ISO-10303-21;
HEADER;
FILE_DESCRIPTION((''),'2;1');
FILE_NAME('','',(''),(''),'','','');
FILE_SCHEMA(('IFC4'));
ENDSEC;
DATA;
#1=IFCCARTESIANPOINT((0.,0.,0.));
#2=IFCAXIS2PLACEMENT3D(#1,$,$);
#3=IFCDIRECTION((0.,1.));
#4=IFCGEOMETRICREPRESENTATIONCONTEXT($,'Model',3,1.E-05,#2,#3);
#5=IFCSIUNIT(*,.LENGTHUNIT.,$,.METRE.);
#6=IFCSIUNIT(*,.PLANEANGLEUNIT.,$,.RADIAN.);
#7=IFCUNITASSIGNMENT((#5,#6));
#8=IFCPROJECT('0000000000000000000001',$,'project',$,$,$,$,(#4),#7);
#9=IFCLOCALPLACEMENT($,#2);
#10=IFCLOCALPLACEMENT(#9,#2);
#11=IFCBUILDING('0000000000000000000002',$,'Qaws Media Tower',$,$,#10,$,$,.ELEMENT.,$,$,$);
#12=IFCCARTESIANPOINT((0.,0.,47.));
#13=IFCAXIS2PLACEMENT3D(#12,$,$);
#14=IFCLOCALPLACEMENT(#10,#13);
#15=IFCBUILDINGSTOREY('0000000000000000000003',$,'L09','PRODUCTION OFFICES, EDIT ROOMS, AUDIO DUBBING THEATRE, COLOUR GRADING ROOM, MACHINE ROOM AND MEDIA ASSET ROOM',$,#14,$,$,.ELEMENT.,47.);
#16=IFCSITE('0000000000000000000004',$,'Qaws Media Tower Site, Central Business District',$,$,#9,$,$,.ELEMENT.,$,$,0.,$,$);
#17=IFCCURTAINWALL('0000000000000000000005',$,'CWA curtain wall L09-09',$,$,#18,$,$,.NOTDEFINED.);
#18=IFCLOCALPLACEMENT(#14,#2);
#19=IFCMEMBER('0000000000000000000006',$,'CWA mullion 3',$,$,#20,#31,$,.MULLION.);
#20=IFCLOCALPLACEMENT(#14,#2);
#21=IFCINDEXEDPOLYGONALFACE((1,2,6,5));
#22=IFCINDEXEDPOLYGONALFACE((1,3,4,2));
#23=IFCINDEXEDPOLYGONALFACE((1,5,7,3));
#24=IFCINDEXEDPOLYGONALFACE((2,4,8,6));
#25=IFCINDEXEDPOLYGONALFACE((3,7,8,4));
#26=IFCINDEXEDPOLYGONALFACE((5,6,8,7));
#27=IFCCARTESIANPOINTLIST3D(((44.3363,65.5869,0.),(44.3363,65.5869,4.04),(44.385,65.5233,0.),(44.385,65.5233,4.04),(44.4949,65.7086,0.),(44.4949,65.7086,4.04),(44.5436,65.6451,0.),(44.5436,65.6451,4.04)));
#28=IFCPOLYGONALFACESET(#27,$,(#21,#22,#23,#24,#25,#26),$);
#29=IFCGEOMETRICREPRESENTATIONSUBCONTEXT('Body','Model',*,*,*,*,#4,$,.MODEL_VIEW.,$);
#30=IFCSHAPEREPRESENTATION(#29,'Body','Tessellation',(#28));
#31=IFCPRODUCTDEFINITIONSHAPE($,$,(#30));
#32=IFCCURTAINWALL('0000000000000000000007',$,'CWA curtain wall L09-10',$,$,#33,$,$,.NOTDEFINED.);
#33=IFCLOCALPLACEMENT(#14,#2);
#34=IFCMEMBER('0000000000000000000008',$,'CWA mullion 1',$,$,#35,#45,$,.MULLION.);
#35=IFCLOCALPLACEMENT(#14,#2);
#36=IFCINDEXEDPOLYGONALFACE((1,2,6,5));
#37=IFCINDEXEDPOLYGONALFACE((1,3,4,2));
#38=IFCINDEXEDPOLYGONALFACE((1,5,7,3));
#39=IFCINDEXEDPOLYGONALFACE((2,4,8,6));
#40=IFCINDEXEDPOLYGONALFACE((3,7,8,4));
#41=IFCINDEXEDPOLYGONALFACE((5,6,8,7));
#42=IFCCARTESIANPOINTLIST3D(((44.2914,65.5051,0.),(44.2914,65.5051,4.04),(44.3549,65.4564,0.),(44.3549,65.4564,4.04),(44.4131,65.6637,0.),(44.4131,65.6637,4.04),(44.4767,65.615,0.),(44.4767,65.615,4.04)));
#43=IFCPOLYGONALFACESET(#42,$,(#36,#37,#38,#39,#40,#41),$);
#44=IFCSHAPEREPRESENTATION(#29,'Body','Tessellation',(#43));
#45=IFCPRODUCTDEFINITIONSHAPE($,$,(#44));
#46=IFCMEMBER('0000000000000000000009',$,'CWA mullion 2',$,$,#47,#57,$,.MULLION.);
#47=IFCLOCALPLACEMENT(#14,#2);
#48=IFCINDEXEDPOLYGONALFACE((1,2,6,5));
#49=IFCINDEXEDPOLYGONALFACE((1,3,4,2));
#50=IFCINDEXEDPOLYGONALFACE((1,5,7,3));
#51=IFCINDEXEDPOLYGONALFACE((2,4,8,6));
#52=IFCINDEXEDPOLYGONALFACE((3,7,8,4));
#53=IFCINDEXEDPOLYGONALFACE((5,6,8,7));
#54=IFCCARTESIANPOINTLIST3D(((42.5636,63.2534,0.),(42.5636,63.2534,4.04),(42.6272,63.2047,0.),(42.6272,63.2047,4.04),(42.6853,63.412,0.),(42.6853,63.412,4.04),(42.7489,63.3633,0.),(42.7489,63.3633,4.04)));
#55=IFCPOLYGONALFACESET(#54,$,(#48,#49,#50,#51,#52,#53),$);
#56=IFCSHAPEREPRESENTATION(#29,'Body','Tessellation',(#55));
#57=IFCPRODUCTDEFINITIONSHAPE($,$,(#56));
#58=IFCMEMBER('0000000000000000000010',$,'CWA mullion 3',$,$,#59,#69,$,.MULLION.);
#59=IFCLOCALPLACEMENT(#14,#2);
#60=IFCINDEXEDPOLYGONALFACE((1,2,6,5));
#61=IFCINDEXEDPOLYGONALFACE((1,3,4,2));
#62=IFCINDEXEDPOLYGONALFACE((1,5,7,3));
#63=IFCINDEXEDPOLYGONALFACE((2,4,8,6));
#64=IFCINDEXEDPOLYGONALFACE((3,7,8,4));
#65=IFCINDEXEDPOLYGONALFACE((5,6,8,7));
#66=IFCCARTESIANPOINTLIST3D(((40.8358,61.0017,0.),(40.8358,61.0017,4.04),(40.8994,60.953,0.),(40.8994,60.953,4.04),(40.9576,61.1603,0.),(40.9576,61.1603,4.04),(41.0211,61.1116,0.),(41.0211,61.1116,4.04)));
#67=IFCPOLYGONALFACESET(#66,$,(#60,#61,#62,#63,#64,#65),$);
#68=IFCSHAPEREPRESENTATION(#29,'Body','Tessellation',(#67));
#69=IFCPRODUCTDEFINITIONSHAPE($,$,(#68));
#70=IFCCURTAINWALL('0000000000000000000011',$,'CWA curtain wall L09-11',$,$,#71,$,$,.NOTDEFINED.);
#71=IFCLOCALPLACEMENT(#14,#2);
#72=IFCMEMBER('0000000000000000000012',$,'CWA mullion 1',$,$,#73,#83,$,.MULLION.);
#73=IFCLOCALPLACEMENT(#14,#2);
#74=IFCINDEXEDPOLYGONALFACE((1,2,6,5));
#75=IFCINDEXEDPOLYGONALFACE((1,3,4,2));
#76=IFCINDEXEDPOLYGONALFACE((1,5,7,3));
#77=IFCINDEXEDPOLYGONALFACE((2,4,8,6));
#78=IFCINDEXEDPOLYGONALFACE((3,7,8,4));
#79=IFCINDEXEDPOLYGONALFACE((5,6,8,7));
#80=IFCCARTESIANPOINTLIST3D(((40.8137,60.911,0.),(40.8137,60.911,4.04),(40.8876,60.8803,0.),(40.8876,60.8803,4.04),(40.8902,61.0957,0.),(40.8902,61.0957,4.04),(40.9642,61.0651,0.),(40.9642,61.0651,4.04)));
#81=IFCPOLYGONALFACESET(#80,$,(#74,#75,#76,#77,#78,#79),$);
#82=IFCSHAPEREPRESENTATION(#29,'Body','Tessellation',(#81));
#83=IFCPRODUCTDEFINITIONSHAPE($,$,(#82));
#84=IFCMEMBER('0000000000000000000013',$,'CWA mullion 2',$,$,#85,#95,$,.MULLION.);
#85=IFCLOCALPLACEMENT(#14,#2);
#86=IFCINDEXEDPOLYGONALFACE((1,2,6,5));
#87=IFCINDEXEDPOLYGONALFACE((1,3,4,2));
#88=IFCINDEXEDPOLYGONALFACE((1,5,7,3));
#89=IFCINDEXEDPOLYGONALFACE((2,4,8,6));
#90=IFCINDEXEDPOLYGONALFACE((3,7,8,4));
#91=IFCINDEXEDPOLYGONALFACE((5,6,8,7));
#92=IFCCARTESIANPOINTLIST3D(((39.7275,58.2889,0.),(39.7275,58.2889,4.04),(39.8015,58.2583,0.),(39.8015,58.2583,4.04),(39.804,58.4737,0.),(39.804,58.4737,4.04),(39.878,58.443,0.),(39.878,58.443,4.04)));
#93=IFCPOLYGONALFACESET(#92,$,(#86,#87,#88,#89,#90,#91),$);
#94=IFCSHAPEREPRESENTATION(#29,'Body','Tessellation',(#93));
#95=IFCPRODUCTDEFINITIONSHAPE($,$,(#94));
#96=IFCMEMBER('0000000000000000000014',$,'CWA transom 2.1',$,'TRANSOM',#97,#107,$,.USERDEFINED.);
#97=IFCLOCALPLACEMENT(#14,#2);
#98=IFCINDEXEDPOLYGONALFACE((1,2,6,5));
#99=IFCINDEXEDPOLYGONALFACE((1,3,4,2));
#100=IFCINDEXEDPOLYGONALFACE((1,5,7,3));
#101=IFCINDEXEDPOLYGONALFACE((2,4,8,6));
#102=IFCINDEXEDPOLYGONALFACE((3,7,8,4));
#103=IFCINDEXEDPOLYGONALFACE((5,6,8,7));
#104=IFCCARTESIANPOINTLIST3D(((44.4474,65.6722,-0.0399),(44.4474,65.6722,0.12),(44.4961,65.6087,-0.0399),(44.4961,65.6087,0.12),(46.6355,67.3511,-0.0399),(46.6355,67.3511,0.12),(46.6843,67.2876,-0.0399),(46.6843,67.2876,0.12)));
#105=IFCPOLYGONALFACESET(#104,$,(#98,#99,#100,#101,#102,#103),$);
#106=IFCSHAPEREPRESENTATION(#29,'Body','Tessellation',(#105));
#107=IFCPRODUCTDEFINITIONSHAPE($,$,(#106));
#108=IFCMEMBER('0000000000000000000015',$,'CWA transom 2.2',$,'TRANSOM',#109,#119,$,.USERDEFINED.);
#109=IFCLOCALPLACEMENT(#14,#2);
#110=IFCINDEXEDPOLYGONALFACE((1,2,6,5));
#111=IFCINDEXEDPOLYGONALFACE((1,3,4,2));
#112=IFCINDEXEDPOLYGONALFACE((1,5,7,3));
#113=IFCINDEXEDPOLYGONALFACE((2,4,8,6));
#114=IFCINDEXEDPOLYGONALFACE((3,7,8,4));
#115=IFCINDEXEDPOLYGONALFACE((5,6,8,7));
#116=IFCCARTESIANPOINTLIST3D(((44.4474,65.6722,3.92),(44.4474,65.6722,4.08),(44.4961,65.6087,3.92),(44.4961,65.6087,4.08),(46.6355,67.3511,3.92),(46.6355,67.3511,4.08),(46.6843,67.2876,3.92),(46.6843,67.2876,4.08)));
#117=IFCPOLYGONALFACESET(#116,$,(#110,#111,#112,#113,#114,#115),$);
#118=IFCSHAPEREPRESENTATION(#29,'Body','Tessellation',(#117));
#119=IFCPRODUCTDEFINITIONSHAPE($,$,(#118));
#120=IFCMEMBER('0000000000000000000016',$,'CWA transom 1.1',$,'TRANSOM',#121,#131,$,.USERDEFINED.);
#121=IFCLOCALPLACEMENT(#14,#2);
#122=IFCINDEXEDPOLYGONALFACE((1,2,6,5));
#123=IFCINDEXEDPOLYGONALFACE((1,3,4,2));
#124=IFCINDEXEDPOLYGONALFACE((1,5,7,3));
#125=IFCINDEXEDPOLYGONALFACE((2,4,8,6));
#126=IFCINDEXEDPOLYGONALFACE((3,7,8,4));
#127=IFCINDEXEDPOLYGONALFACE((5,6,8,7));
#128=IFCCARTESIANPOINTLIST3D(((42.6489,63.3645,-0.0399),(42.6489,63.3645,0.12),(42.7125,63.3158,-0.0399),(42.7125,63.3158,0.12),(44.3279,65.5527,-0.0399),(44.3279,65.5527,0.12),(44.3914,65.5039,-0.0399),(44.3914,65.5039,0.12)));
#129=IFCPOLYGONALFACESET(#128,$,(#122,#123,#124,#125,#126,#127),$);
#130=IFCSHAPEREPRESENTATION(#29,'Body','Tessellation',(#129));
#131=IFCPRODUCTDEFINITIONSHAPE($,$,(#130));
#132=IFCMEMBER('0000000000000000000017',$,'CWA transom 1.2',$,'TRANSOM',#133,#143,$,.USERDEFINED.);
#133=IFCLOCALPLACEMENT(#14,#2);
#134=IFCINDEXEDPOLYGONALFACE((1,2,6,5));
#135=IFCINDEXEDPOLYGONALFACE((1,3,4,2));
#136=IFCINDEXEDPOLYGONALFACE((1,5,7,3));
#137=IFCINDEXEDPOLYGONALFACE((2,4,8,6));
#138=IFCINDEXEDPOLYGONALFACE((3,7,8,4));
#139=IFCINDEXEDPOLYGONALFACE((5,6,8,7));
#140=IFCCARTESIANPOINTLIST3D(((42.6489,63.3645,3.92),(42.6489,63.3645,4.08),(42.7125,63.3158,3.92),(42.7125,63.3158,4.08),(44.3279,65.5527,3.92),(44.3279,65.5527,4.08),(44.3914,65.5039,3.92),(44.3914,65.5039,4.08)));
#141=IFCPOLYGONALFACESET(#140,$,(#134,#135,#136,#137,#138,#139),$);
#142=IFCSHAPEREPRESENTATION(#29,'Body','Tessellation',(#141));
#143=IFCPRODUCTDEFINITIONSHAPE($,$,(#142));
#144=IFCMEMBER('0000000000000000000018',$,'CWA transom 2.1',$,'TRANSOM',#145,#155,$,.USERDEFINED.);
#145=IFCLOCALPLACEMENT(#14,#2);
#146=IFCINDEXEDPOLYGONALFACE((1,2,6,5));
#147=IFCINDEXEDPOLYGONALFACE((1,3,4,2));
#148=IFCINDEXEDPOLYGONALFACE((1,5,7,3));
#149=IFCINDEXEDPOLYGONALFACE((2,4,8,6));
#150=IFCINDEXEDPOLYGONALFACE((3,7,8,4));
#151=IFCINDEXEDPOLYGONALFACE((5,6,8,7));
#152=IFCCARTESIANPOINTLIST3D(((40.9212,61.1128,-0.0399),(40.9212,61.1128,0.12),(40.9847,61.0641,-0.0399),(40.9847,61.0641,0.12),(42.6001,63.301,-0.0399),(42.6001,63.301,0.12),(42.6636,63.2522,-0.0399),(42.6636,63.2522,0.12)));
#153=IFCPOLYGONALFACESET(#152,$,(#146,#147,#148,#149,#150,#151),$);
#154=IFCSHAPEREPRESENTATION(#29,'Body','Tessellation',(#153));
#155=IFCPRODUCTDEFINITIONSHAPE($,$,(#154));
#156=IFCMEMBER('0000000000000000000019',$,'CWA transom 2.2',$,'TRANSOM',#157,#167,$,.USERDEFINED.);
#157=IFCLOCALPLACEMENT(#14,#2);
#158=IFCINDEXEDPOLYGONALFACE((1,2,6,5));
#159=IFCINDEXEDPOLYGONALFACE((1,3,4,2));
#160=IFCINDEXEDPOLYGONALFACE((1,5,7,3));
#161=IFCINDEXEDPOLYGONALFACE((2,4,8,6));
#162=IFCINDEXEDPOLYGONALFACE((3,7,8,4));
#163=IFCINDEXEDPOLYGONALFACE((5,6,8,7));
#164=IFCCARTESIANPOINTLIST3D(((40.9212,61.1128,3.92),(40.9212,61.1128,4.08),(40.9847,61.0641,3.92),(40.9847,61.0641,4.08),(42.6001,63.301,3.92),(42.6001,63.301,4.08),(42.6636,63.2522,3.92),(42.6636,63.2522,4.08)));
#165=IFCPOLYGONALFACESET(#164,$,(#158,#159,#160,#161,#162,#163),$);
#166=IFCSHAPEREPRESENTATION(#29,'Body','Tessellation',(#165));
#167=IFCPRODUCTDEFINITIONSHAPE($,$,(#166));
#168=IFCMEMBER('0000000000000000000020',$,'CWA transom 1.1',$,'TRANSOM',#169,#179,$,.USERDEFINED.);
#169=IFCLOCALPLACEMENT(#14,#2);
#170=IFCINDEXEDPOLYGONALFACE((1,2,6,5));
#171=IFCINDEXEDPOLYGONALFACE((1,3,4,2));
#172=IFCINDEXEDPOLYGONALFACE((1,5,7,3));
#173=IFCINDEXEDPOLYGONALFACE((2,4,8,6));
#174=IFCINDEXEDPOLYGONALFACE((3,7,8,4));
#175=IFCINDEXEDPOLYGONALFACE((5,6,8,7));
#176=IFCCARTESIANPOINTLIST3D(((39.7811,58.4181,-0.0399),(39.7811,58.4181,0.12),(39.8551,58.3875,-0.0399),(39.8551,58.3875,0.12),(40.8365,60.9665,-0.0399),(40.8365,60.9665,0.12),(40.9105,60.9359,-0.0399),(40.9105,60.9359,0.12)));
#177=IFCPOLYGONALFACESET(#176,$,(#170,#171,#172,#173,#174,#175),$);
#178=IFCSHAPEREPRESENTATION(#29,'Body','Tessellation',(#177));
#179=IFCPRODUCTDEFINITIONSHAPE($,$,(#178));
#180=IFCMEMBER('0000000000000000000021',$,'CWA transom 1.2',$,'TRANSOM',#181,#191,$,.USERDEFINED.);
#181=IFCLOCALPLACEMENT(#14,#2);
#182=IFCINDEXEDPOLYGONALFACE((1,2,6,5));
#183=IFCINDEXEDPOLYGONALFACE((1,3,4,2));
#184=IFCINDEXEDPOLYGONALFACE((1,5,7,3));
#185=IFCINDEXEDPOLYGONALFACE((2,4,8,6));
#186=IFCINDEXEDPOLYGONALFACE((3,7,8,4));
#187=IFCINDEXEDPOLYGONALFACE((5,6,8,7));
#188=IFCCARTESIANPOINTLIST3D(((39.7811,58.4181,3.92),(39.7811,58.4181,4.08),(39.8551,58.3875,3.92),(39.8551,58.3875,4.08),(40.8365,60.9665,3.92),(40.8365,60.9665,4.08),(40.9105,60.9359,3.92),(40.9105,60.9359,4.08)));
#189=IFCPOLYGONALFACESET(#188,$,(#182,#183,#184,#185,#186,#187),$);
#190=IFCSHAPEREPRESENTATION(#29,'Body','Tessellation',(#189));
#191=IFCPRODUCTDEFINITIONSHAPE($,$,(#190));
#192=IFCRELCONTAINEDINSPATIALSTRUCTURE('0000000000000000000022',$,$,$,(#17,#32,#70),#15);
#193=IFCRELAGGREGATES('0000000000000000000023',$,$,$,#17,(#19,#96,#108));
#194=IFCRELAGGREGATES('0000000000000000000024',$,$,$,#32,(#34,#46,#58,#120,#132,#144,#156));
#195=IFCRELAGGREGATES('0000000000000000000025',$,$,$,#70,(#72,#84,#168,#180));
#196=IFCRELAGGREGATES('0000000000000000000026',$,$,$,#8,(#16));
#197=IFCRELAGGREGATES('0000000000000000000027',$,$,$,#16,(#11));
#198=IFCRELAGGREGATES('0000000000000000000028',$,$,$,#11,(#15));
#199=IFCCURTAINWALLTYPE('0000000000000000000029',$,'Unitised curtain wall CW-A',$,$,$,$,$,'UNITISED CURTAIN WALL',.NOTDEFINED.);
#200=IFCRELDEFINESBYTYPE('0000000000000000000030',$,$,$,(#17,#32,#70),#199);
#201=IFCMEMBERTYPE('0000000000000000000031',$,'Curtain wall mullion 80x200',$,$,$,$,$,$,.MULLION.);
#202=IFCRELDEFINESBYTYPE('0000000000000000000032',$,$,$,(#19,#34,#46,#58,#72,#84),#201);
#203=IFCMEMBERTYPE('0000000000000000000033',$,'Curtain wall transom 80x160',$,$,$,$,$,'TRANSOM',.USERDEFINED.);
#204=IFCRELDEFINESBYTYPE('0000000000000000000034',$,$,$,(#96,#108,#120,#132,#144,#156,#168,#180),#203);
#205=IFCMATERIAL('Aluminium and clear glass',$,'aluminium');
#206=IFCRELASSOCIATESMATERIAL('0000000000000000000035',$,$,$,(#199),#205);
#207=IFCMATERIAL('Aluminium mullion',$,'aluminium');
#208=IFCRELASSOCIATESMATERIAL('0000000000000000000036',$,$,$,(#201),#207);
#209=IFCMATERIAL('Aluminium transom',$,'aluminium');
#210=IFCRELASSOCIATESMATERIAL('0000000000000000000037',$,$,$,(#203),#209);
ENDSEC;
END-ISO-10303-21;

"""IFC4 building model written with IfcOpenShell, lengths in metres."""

from ifc_helpers import new_model, si_unit, direction, frame, origin, origin_2d, place, context, subcontext, project, spatial, rectangle, extrude, material, material_profile, profile_set, type_object, element, aggregate, save


model = new_model("IFC4")

# Units and contexts
model_context = context("Model", 3, precision=1e-05, world=origin(), true_north=direction((0.0, 1.0)))
body_context = subcontext(model_context, "Body", "Model", "MODEL_VIEW")
ifc_project = project(units=[si_unit("LENGTHUNIT", "METRE"), si_unit("PLANEANGLEUNIT", "RADIAN")], contexts=[model_context])

# Site, building, storey
site_placement = place(None, origin())
site = spatial("IfcSite", under=ifc_project, at=site_placement, Name="Qaws Media Tower Site, Central Business District", CompositionType="ELEMENT", RefElevation=0.0)
building_placement = place(site_placement, origin())
building = spatial("IfcBuilding", under=site, at=building_placement, Name="Qaws Media Tower", CompositionType="ELEMENT")
storey_placement = place(building_placement, frame((0.0, 0.0, 47.0)))
storey = spatial("IfcBuildingStorey", under=building, at=storey_placement, Name="L09", Description="PRODUCTION OFFICES, EDIT ROOMS, AUDIO DUBBING THEATRE, COLOUR GRADING ROOM, MACHINE ROOM AND MEDIA ASSET ROOM", CompositionType="ELEMENT", Elevation=47.0)

# Curtain wall, member
ifc_material_1 = material(Name="Aluminium and clear glass", Category="aluminium")
curtain_wall_type = type_object("IfcCurtainWallType", Name="Unitised curtain wall CW-A", ElementType="UNITISED CURTAIN WALL", PredefinedType="NOTDEFINED", material=ifc_material_1)
curtain_wall_1_placement = place(storey_placement, origin())
curtain_wall_1 = element("IfcCurtainWall", 1, at=curtain_wall_1_placement, inside=storey, type_object=curtain_wall_type, Name="CWA curtain wall L09-09", PredefinedType="NOTDEFINED")
ifc_material_2 = material(Name="Aluminium mullion", Category="aluminium")
ifc_material_profile_1 = material_profile(ifc_material_2, rectangle(XDim=0.0801, YDim=0.2, at=origin_2d()), Name="80x200")
ifc_profile_set_1 = profile_set([ifc_material_profile_1], Name="Aluminium mullion")
member_type_1 = type_object("IfcMemberType", Name="Curtain wall mullion 80x200", PredefinedType="MULLION", material=ifc_profile_set_1)
member_1_placement = place(storey_placement, frame((44.4399, 65.616, 0.0), z_axis=(0.0, 0.0, 1.0), x_axis=(0.608761, -0.793353, 0.0)))
member_1 = element("IfcMember", 2, at=member_1_placement, type_object=member_type_1, Name="CWA mullion 3", PredefinedType="MULLION", context=body_context, shape_type="SweptSolid", body=[
    extrude(rectangle(XDim=0.0801, YDim=0.2, at=origin_2d()), origin(), (0.0, 0.0, 1.0), 4.04),
])

# Curtain walls, members
curtain_wall_2_placement = place(storey_placement, origin())
curtain_wall_2 = element("IfcCurtainWall", 3, at=curtain_wall_2_placement, inside=storey, type_object=curtain_wall_type, Name="CWA curtain wall L09-10", PredefinedType="NOTDEFINED")
member_2_placement = place(storey_placement, frame((44.384, 65.5601, 0.0), z_axis=(0.0, 0.0, 1.0), x_axis=(0.793353, -0.608761, 0.0)))
member_2 = element("IfcMember", 4, at=member_2_placement, type_object=member_type_1, Name="CWA mullion 1", PredefinedType="MULLION", context=body_context, shape_type="SweptSolid", body=[
    extrude(rectangle(XDim=0.0801, YDim=0.2, at=origin_2d()), origin(), (0.0, 0.0, 1.0), 4.04),
])
member_3_placement = place(storey_placement, frame((42.6562, 63.3083, 0.0), z_axis=(0.0, 0.0, 1.0), x_axis=(0.793353, -0.608761, 0.0)))
member_3 = element("IfcMember", 5, at=member_3_placement, type_object=member_type_1, Name="CWA mullion 2", PredefinedType="MULLION", context=body_context, shape_type="SweptSolid", body=[
    extrude(rectangle(XDim=0.0801, YDim=0.2, at=origin_2d()), origin(), (0.0, 0.0, 1.0), 4.04),
])
member_4_placement = place(storey_placement, frame((40.9285, 61.0566, 0.0), z_axis=(0.0, 0.0, 1.0), x_axis=(0.793353, -0.608761, 0.0)))
member_4 = element("IfcMember", 6, at=member_4_placement, type_object=member_type_1, Name="CWA mullion 3", PredefinedType="MULLION", context=body_context, shape_type="SweptSolid", body=[
    extrude(rectangle(XDim=0.0801, YDim=0.2, at=origin_2d()), origin(), (0.0, 0.0, 1.0), 4.04),
])
curtain_wall_3_placement = place(storey_placement, origin())
curtain_wall_3 = element("IfcCurtainWall", 7, at=curtain_wall_3_placement, inside=storey, type_object=curtain_wall_type, Name="CWA curtain wall L09-11", PredefinedType="NOTDEFINED")
member_5_placement = place(storey_placement, frame((40.8889, 60.988, 0.0), z_axis=(0.0, 0.0, 1.0), x_axis=(0.92388, -0.382683, 0.0)))
member_5 = element("IfcMember", 8, at=member_5_placement, type_object=member_type_1, Name="CWA mullion 1", PredefinedType="MULLION", context=body_context, shape_type="SweptSolid", body=[
    extrude(rectangle(XDim=0.0801, YDim=0.2, at=origin_2d()), origin(), (0.0, 0.0, 1.0), 4.04),
])
member_6_placement = place(storey_placement, frame((39.8027, 58.366, 0.0), z_axis=(0.0, 0.0, 1.0), x_axis=(0.92388, -0.382683, 0.0)))
member_6 = element("IfcMember", 9, at=member_6_placement, type_object=member_type_1, Name="CWA mullion 2", PredefinedType="MULLION", context=body_context, shape_type="SweptSolid", body=[
    extrude(rectangle(XDim=0.0801, YDim=0.2, at=origin_2d()), origin(), (0.0, 0.0, 1.0), 4.04),
])

# Members
ifc_material_3 = material(Name="Aluminium transom", Category="aluminium")
ifc_material_profile_2 = material_profile(ifc_material_3, rectangle(XDim=0.0801, YDim=0.1599, at=origin_2d()), Name="80x160")
ifc_profile_set_2 = profile_set([ifc_material_profile_2], Name="Aluminium transom")
member_type_2 = type_object("IfcMemberType", Name="Curtain wall transom 80x160", ElementType="TRANSOM", PredefinedType="USERDEFINED", material=ifc_profile_set_2)
member_7_placement = place(storey_placement, frame((46.6599, 67.3193, 0.04), z_axis=(-0.793377, -0.608731, 0.0), x_axis=(0.608731, -0.793377, 0.0)))
member_7 = element("IfcMember", 10, at=member_7_placement, type_object=member_type_2, Name="CWA transom 2.1", ObjectType="TRANSOM", PredefinedType="USERDEFINED", context=body_context, shape_type="SweptSolid", body=[
    extrude(rectangle(XDim=0.0801, YDim=0.1599, at=origin_2d()), origin(), (0.0, 0.0, 1.0), 2.7581),
])
member_8_placement = place(storey_placement, frame((46.6599, 67.3193, 4.0), z_axis=(-0.793377, -0.608731, 0.0), x_axis=(0.608731, -0.793377, 0.0)))
member_8 = element("IfcMember", 11, at=member_8_placement, type_object=member_type_2, Name="CWA transom 2.2", ObjectType="TRANSOM", PredefinedType="USERDEFINED", context=body_context, shape_type="SweptSolid", body=[
    extrude(rectangle(XDim=0.0801, YDim=0.1599, at=origin_2d()), origin(), (0.0, 0.0, 1.0), 2.7581),
])
member_9_placement = place(storey_placement, frame((44.3596, 65.5283, 0.04), z_axis=(-0.608731, -0.793377, 0.0), x_axis=(0.793377, -0.608731, 0.0)))
member_9 = element("IfcMember", 12, at=member_9_placement, type_object=member_type_2, Name="CWA transom 1.1", ObjectType="TRANSOM", PredefinedType="USERDEFINED", context=body_context, shape_type="SweptSolid", body=[
    extrude(rectangle(XDim=0.0801, YDim=0.1599, at=origin_2d()), origin(), (0.0, 0.0, 1.0), 2.7581),
])
member_10_placement = place(storey_placement, frame((44.3596, 65.5283, 4.0), z_axis=(-0.608731, -0.793377, 0.0), x_axis=(0.793377, -0.608731, 0.0)))
member_10 = element("IfcMember", 13, at=member_10_placement, type_object=member_type_2, Name="CWA transom 1.2", ObjectType="TRANSOM", PredefinedType="USERDEFINED", context=body_context, shape_type="SweptSolid", body=[
    extrude(rectangle(XDim=0.0801, YDim=0.1599, at=origin_2d()), origin(), (0.0, 0.0, 1.0), 2.7581),
])
member_11_placement = place(storey_placement, frame((42.6318, 63.2766, 0.04), z_axis=(-0.608731, -0.793377, 0.0), x_axis=(0.793377, -0.608731, 0.0)))
member_11 = element("IfcMember", 14, at=member_11_placement, type_object=member_type_2, Name="CWA transom 2.1", ObjectType="TRANSOM", PredefinedType="USERDEFINED", context=body_context, shape_type="SweptSolid", body=[
    extrude(rectangle(XDim=0.0801, YDim=0.1599, at=origin_2d()), origin(), (0.0, 0.0, 1.0), 2.7581),
])
member_12_placement = place(storey_placement, frame((42.6318, 63.2766, 4.0), z_axis=(-0.608731, -0.793377, 0.0), x_axis=(0.793377, -0.608731, 0.0)))
member_12 = element("IfcMember", 15, at=member_12_placement, type_object=member_type_2, Name="CWA transom 2.2", ObjectType="TRANSOM", PredefinedType="USERDEFINED", context=body_context, shape_type="SweptSolid", body=[
    extrude(rectangle(XDim=0.0801, YDim=0.1599, at=origin_2d()), origin(), (0.0, 0.0, 1.0), 2.7581),
])
member_13_placement = place(storey_placement, frame((40.8735, 60.9512, 0.04), z_axis=(-0.382641, -0.923897, 0.0), x_axis=(0.923897, -0.382641, 0.0)))
member_13 = element("IfcMember", 16, at=member_13_placement, type_object=member_type_2, Name="CWA transom 1.1", ObjectType="TRANSOM", PredefinedType="USERDEFINED", context=body_context, shape_type="SweptSolid", body=[
    extrude(rectangle(XDim=0.0801, YDim=0.1599, at=origin_2d()), origin(), (0.0, 0.0, 1.0), 2.7583),
])
member_14_placement = place(storey_placement, frame((40.8735, 60.9512, 4.0), z_axis=(-0.382641, -0.923897, 0.0), x_axis=(0.923897, -0.382641, 0.0)))
member_14 = element("IfcMember", 17, at=member_14_placement, type_object=member_type_2, Name="CWA transom 1.2", ObjectType="TRANSOM", PredefinedType="USERDEFINED", context=body_context, shape_type="SweptSolid", body=[
    extrude(rectangle(XDim=0.0801, YDim=0.1599, at=origin_2d()), origin(), (0.0, 0.0, 1.0), 2.7583),
])

aggregate(curtain_wall_1, [member_1, member_7, member_8])
aggregate(curtain_wall_2, [member_2, member_3, member_4, member_9, member_10, member_11, member_12])
aggregate(curtain_wall_3, [member_5, member_6, member_13, member_14])

save(model, "model.ifc")
